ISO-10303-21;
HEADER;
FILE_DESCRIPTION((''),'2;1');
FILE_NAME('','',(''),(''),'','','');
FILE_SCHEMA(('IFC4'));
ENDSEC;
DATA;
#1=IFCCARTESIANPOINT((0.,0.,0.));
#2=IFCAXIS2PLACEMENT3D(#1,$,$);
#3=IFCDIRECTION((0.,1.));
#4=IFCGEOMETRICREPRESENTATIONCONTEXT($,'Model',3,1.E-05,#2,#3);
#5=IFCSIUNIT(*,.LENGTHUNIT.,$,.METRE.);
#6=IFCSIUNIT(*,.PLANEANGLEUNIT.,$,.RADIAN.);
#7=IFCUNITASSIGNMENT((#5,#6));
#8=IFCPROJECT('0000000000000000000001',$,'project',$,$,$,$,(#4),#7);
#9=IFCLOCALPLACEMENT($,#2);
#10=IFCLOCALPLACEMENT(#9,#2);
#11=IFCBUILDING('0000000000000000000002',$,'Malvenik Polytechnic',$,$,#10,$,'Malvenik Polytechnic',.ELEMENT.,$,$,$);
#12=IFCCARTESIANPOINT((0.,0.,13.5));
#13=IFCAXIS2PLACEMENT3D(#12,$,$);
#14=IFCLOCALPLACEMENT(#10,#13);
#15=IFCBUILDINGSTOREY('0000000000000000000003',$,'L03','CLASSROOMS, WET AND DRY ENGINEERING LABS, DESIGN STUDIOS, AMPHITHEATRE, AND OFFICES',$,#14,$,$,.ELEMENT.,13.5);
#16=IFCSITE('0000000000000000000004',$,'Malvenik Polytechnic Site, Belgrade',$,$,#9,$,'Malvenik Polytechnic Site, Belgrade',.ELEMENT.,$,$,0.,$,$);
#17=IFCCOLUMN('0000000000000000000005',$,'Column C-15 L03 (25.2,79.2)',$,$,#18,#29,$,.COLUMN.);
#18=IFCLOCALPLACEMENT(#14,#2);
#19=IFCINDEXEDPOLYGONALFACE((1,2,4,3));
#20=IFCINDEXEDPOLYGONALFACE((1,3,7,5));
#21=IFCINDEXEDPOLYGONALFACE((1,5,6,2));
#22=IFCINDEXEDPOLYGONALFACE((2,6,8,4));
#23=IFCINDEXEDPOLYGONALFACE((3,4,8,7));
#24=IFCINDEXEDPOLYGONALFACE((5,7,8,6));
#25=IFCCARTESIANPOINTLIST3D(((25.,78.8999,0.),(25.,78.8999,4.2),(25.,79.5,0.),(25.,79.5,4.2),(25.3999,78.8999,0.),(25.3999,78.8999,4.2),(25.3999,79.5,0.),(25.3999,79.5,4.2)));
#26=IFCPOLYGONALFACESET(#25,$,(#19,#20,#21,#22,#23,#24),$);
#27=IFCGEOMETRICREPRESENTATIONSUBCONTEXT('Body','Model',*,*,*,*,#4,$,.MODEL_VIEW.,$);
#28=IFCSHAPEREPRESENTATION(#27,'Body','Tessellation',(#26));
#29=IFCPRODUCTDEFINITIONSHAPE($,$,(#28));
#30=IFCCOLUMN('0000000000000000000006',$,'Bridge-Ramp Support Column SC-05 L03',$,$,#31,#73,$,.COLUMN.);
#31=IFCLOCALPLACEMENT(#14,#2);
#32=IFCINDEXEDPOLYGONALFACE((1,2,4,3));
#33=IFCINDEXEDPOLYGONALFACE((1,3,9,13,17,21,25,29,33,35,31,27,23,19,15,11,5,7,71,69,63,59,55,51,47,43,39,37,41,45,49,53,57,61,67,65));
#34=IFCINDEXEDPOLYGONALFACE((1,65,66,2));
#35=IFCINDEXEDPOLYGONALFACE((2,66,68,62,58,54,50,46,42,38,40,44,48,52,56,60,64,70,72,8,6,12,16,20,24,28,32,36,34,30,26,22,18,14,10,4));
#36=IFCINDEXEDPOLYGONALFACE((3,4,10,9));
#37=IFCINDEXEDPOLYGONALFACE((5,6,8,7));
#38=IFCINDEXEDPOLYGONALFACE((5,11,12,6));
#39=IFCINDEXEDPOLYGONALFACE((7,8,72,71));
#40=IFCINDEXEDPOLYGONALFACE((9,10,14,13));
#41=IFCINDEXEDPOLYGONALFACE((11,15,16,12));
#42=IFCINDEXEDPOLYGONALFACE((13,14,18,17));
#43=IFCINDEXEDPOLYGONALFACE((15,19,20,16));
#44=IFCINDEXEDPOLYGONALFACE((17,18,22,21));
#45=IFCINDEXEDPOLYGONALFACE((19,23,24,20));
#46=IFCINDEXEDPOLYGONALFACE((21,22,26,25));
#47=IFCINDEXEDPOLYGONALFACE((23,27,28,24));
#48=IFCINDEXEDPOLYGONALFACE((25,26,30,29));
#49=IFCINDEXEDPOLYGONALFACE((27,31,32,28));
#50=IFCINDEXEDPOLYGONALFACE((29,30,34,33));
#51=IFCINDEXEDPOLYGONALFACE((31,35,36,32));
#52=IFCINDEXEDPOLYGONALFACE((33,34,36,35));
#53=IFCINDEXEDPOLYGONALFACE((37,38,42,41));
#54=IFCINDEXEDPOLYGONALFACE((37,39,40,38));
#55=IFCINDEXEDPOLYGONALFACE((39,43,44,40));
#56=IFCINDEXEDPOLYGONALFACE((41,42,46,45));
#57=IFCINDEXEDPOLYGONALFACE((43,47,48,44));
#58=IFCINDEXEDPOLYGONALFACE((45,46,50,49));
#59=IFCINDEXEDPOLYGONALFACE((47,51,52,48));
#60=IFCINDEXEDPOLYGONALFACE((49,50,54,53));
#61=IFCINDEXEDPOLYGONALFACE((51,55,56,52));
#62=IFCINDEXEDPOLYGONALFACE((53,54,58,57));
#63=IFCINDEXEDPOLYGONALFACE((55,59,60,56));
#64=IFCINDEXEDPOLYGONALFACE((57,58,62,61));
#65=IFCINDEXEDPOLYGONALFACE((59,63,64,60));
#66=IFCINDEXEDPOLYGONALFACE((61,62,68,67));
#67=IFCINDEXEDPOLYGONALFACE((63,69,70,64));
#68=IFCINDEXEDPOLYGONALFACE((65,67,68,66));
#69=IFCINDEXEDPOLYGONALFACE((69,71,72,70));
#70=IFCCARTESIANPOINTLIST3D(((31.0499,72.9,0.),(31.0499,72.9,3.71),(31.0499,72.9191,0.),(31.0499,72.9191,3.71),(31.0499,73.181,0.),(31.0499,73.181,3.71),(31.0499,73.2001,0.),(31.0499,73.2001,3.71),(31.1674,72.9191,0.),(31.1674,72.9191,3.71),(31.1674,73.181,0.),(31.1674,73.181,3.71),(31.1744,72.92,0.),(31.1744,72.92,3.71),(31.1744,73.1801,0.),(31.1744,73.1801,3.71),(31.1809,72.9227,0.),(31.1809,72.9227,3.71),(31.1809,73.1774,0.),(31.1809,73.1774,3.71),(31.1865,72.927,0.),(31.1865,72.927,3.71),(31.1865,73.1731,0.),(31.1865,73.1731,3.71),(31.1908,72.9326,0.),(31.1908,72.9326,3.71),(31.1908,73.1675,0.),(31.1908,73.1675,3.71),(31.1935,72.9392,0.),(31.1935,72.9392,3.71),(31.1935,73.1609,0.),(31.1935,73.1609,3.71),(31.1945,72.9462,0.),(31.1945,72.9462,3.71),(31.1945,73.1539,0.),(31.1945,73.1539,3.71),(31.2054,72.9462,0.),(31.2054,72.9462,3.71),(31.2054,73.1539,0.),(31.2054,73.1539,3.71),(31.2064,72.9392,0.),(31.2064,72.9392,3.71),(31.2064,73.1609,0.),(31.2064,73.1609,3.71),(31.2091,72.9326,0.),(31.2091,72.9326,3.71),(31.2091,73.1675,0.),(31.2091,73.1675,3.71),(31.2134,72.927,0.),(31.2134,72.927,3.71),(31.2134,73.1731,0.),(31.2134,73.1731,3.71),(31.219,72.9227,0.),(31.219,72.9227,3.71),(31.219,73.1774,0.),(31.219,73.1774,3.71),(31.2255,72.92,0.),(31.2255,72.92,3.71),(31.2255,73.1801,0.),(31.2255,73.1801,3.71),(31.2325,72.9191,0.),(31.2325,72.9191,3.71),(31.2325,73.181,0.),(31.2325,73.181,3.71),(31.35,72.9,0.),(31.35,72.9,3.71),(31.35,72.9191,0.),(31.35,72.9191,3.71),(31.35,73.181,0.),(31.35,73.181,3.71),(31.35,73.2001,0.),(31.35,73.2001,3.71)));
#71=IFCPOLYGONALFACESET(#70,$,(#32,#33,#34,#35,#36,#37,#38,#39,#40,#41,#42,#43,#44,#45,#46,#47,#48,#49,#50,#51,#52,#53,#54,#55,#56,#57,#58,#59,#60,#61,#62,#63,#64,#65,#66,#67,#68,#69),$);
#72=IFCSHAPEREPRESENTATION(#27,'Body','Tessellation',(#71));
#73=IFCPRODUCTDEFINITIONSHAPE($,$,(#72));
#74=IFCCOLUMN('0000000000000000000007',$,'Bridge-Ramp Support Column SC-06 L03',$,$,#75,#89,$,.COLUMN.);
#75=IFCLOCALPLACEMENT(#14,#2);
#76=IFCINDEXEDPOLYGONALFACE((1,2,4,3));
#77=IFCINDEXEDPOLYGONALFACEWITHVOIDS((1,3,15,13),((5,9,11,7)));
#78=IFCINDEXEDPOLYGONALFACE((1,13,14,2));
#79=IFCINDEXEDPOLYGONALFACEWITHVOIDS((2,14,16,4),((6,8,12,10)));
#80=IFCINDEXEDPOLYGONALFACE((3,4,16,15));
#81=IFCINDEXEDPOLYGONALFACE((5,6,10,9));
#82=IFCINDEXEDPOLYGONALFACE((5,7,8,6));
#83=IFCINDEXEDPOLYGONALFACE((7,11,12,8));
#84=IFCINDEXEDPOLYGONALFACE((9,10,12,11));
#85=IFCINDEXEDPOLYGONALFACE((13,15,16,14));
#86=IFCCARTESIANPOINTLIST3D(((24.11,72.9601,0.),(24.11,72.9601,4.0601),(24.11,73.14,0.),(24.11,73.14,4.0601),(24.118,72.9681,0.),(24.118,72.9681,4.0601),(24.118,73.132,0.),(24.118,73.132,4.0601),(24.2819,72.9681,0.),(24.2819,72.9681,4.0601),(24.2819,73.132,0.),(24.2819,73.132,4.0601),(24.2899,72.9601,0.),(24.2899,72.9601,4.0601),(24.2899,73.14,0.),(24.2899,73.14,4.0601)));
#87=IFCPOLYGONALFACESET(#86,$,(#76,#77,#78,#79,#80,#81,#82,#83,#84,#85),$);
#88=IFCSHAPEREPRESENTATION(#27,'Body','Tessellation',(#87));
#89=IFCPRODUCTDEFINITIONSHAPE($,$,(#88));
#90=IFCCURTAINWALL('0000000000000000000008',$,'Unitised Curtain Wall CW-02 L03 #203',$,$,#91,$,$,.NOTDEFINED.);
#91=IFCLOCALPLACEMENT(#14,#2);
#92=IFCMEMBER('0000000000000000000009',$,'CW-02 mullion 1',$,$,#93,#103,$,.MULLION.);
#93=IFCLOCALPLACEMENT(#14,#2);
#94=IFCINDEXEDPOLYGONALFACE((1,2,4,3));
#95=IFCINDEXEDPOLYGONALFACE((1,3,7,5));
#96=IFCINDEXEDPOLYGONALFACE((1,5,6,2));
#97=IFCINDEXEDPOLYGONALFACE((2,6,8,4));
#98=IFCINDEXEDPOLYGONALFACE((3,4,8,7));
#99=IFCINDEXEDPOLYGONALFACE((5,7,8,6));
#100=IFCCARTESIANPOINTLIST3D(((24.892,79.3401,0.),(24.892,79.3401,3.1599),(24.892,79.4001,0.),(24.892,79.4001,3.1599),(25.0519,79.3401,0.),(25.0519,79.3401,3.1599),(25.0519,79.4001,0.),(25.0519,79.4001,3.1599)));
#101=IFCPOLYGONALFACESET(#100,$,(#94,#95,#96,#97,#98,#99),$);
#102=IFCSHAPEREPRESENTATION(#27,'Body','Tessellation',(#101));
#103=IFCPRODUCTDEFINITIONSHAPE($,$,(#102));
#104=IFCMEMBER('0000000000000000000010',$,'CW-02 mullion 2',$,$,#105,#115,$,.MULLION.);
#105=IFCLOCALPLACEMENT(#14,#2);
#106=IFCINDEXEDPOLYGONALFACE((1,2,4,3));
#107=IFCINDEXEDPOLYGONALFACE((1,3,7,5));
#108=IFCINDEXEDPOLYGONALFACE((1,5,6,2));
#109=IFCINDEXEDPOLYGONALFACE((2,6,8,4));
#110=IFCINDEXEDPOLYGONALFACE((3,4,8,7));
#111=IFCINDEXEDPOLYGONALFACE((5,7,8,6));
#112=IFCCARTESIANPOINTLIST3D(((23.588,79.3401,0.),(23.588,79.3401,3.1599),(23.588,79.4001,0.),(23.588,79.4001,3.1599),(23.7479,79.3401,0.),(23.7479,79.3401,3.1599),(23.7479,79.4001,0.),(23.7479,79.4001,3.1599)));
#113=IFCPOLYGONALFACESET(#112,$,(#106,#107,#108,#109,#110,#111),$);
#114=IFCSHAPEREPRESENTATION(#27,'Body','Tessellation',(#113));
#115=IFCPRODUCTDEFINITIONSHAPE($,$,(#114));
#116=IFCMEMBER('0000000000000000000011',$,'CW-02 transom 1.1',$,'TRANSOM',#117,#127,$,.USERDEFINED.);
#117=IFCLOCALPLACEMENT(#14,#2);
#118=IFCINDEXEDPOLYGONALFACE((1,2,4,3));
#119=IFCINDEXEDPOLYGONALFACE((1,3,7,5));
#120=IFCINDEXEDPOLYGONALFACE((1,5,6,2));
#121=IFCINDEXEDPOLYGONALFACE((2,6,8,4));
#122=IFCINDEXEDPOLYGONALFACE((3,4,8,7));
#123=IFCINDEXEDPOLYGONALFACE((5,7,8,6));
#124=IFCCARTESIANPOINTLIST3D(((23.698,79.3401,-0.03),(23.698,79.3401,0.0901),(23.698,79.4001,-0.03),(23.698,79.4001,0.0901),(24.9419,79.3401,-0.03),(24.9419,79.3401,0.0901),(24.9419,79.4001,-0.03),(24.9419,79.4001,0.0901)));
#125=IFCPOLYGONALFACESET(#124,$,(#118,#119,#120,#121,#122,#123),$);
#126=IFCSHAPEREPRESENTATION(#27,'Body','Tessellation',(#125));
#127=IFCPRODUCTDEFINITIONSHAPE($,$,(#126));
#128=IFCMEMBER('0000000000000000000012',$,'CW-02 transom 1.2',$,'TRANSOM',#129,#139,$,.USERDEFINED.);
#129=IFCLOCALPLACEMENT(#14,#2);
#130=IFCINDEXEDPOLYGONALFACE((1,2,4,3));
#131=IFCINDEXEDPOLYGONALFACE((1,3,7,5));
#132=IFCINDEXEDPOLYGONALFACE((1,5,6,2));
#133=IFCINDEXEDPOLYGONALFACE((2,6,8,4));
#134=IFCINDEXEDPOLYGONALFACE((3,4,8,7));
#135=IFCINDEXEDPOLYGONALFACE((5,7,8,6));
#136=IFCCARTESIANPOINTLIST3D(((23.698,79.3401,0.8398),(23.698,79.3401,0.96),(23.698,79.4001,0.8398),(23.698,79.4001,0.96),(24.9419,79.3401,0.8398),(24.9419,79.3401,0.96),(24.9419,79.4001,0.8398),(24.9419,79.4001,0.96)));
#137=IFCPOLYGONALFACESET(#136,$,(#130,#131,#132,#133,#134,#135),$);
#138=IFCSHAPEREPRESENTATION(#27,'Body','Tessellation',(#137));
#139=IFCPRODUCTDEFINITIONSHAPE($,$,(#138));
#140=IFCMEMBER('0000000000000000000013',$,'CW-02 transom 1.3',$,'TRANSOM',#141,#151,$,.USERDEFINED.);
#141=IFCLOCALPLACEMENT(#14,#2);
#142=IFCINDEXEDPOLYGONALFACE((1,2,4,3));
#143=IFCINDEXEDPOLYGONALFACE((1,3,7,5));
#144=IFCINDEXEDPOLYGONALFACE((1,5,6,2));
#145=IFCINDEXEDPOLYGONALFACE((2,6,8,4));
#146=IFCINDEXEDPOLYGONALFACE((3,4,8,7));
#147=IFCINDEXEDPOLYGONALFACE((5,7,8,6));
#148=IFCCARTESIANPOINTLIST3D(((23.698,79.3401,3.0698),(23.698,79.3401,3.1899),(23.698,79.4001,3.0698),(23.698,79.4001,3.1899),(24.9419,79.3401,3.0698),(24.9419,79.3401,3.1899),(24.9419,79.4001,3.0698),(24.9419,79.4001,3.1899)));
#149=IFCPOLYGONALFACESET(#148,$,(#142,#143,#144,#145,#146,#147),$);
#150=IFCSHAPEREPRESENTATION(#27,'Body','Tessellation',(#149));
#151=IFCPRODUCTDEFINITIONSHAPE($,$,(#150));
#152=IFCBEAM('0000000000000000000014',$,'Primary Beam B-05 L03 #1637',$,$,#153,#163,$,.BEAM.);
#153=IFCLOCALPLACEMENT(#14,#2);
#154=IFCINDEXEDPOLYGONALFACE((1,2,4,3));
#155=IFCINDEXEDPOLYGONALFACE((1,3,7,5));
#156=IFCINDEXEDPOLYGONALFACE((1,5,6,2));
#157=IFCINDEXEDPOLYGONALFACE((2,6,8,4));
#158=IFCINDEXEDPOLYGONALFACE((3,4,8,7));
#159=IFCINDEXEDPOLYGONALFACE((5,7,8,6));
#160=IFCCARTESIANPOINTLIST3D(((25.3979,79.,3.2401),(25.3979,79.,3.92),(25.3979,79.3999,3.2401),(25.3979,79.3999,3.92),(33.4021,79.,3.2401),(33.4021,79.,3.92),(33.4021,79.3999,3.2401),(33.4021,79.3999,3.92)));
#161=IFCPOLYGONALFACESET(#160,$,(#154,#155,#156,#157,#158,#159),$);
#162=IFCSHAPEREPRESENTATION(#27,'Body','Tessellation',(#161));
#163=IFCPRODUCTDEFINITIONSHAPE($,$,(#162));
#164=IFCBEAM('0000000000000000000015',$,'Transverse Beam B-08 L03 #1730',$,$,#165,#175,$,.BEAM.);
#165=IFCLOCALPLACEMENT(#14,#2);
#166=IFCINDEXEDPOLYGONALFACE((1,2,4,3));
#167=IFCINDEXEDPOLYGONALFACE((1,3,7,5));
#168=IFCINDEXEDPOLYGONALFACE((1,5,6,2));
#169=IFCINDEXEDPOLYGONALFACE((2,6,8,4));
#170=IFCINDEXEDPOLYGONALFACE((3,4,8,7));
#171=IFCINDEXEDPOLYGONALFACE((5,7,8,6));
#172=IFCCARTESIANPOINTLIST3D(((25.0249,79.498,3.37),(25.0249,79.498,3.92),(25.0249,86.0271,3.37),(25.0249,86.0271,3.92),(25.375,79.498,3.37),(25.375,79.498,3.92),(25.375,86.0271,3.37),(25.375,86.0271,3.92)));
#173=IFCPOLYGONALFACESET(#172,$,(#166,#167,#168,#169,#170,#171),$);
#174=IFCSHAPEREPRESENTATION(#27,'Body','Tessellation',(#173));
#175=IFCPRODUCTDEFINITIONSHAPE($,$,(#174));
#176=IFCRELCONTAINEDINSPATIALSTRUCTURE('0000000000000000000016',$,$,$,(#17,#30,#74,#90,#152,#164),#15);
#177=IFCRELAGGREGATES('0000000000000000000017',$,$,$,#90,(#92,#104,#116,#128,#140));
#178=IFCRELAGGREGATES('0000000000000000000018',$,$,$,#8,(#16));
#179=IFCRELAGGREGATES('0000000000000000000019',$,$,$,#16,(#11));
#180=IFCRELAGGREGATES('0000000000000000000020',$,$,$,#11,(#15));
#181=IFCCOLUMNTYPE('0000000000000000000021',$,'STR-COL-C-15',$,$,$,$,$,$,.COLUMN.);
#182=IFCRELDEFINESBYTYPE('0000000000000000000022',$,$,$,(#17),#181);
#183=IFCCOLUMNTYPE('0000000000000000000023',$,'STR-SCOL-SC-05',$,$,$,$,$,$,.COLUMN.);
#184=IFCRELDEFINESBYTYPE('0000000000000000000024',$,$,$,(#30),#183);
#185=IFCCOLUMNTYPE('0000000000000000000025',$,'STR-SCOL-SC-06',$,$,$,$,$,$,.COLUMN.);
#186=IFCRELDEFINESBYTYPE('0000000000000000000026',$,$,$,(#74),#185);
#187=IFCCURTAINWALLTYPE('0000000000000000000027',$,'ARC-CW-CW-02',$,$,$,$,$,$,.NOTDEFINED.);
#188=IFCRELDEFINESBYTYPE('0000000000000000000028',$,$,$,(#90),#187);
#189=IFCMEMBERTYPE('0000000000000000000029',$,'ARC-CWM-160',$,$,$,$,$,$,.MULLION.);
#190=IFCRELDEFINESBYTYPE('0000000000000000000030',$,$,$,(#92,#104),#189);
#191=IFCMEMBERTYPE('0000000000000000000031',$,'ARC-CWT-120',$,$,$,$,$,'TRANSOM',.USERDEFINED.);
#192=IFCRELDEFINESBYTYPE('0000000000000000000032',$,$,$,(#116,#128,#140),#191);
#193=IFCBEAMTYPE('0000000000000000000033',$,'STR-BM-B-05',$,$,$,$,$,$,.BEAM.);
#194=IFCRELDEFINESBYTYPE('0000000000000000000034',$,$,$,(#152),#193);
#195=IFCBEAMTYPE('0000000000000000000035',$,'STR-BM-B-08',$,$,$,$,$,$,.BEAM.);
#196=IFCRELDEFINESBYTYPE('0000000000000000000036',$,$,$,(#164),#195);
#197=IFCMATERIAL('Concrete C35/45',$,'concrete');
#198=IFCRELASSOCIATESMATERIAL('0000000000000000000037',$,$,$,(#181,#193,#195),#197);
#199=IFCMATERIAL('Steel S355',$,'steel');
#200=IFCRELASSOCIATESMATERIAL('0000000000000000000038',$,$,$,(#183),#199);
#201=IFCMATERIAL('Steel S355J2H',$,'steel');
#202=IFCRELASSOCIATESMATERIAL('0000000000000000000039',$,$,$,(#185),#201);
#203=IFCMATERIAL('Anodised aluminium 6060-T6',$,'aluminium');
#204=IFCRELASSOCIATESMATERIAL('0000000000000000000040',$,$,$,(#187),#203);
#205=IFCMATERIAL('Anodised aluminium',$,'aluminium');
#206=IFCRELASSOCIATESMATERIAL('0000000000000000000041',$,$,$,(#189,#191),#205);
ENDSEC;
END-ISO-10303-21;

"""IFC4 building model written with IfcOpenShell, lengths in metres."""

from ifc_helpers import new_model, si_unit, direction, frame, origin, origin_2d, place, context, subcontext, project, spatial, rectangle, hollow_rectangle, i_section, extrude, material, material_profile, profile_set, type_object, element, aggregate, save


model = new_model("IFC4")

# Units and contexts
model_context = context("Model", 3, precision=1e-05, world=origin(), true_north=direction((0.0, 1.0)))
body_context = subcontext(model_context, "Body", "Model", "MODEL_VIEW")
ifc_project = project(units=[si_unit("LENGTHUNIT", "METRE"), si_unit("PLANEANGLEUNIT", "RADIAN")], contexts=[model_context])

# Site, building, storey
site_placement = place(None, origin())
site = spatial("IfcSite", under=ifc_project, at=site_placement, Name="Malvenik Polytechnic Site, Belgrade", LongName="Malvenik Polytechnic Site, Belgrade", CompositionType="ELEMENT", RefElevation=0.0)
building_placement = place(site_placement, origin())
building = spatial("IfcBuilding", under=site, at=building_placement, Name="Malvenik Polytechnic", LongName="Malvenik Polytechnic", CompositionType="ELEMENT")
storey_placement = place(building_placement, frame((0.0, 0.0, 13.5)))
storey = spatial("IfcBuildingStorey", under=building, at=storey_placement, Name="L03", Description="CLASSROOMS, WET AND DRY ENGINEERING LABS, DESIGN STUDIOS, AMPHITHEATRE, AND OFFICES", CompositionType="ELEMENT", Elevation=13.5)

# Columns
ifc_material_1 = material(Name="Concrete C35/45", Category="concrete")
ifc_material_profile_1 = material_profile(ifc_material_1, rectangle(XDim=0.3999, YDim=0.6001, at=origin_2d()), Name="RC COL 600x400")
ifc_profile_set_1 = profile_set([ifc_material_profile_1], Name="Concrete C35/45")
column_type_1 = type_object("IfcColumnType", Name="STR-COL-C-15", PredefinedType="COLUMN", material=ifc_profile_set_1)
column_1_placement = place(storey_placement, frame((25.2, 79.2, 0.0), z_axis=(0.0, 0.0, 1.0), x_axis=(1.0, 0.0, 0.0)))
element("IfcColumn", 1, at=column_1_placement, inside=storey, type_object=column_type_1, Name="Column C-15 L03 (25.2,79.2)", PredefinedType="COLUMN", context=body_context, shape_type="SweptSolid", body=[
    extrude(rectangle(XDim=0.3999, YDim=0.6001, at=origin_2d()), origin(), (0.0, 0.0, 1.0), 4.2),
])
ifc_material_2 = material(Name="Steel S355", Category="steel")
ifc_material_profile_2 = material_profile(ifc_material_2, i_section(OverallWidth=0.3, OverallDepth=0.3, WebThickness=0.011, FlangeThickness=0.019, FilletRadius=0.0271, at=origin_2d()), Name="HEB 300")
ifc_profile_set_2 = profile_set([ifc_material_profile_2], Name="Steel S355")
column_type_2 = type_object("IfcColumnType", Name="STR-SCOL-SC-05", PredefinedType="COLUMN", material=ifc_profile_set_2)
column_2_placement = place(storey_placement, frame((31.2, 73.05, 0.0), z_axis=(0.0, 0.0, 1.0), x_axis=(1.0, 0.0, 0.0)))
element("IfcColumn", 2, at=column_2_placement, inside=storey, type_object=column_type_2, Name="Bridge-Ramp Support Column SC-05 L03", PredefinedType="COLUMN", context=body_context, shape_type="SweptSolid", body=[
    extrude(i_section(OverallWidth=0.3, OverallDepth=0.3, WebThickness=0.011, FlangeThickness=0.019, FilletRadius=0.0271, at=origin_2d()), origin(), (0.0, 0.0, 1.0), 3.71),
])
ifc_material_3 = material(Name="Steel S355J2H", Category="steel")
ifc_material_profile_3 = material_profile(ifc_material_3, hollow_rectangle(XDim=0.1799, YDim=0.1799, WallThickness=0.0081, at=origin_2d()), Name="SHS 180x180x8.0")
ifc_profile_set_3 = profile_set([ifc_material_profile_3], Name="Steel S355J2H")
column_type_3 = type_object("IfcColumnType", Name="STR-SCOL-SC-06", PredefinedType="COLUMN", material=ifc_profile_set_3)
column_3_placement = place(storey_placement, frame((24.2, 73.05, 0.0), z_axis=(0.0, 0.0, 1.0), x_axis=(1.0, 0.0, 0.0)))
element("IfcColumn", 3, at=column_3_placement, inside=storey, type_object=column_type_3, Name="Bridge-Ramp Support Column SC-06 L03", PredefinedType="COLUMN", context=body_context, shape_type="SweptSolid", body=[
    extrude(hollow_rectangle(XDim=0.1799, YDim=0.1799, WallThickness=0.0081, at=origin_2d()), origin(), (0.0, 0.0, 1.0), 4.0601),
])

# Curtain wall, members
ifc_material_4 = material(Name="Anodised aluminium 6060-T6", Category="aluminium")
curtain_wall_type = type_object("IfcCurtainWallType", Name="ARC-CW-CW-02", PredefinedType="NOTDEFINED", material=ifc_material_4)
curtain_wall_placement = place(storey_placement, origin())
curtain_wall = element("IfcCurtainWall", 4, at=curtain_wall_placement, inside=storey, type_object=curtain_wall_type, Name="Unitised Curtain Wall CW-02 L03 #203", PredefinedType="NOTDEFINED")
ifc_material_5 = material(Name="Anodised aluminium", Category="aluminium")
ifc_material_profile_4 = material_profile(ifc_material_5, rectangle(XDim=0.0601, YDim=0.1599, at=origin_2d()), Name="ALU MULLION 60x160")
ifc_profile_set_4 = profile_set([ifc_material_profile_4], Name="Anodised aluminium")
member_type_1 = type_object("IfcMemberType", Name="ARC-CWM-160", PredefinedType="MULLION", material=ifc_profile_set_4)
member_1_placement = place(storey_placement, frame((24.9719, 79.3701, 0.0), z_axis=(0.0, 0.0, 1.0), x_axis=(0.0, -1.0, 0.0)))
member_1 = element("IfcMember", 5, at=member_1_placement, type_object=member_type_1, Name="CW-02 mullion 1", PredefinedType="MULLION", context=body_context, shape_type="SweptSolid", body=[
    extrude(rectangle(XDim=0.0601, YDim=0.1599, at=origin_2d()), origin(), (0.0, 0.0, 1.0), 3.1599),
])
member_2_placement = place(storey_placement, frame((23.668, 79.3701, 0.0), z_axis=(0.0, 0.0, 1.0), x_axis=(0.0, -1.0, 0.0)))
member_2 = element("IfcMember", 6, at=member_2_placement, type_object=member_type_1, Name="CW-02 mullion 2", PredefinedType="MULLION", context=body_context, shape_type="SweptSolid", body=[
    extrude(rectangle(XDim=0.0601, YDim=0.1599, at=origin_2d()), origin(), (0.0, 0.0, 1.0), 3.1599),
])
ifc_material_profile_5 = material_profile(ifc_material_5, rectangle(XDim=0.0601, YDim=0.1201, at=origin_2d()), Name="ALU TRANSOM 60x120")
ifc_profile_set_5 = profile_set([ifc_material_profile_5], Name="Anodised aluminium")
member_type_2 = type_object("IfcMemberType", Name="ARC-CWT-120", ElementType="TRANSOM", PredefinedType="USERDEFINED", material=ifc_profile_set_5)
member_3_placement = place(storey_placement, frame((24.9419, 79.3701, 0.03), z_axis=(-1.0, 0.0, 0.0), x_axis=(0.0, -1.0, 0.0)))
member_3 = element("IfcMember", 7, at=member_3_placement, type_object=member_type_2, Name="CW-02 transom 1.1", ObjectType="TRANSOM", PredefinedType="USERDEFINED", context=body_context, shape_type="SweptSolid", body=[
    extrude(rectangle(XDim=0.0601, YDim=0.1201, at=origin_2d()), origin(), (0.0, 0.0, 1.0), 1.2439),
])
member_4_placement = place(storey_placement, frame((24.9419, 79.3701, 0.8999), z_axis=(-1.0, 0.0, 0.0), x_axis=(0.0, -1.0, 0.0)))
member_4 = element("IfcMember", 8, at=member_4_placement, type_object=member_type_2, Name="CW-02 transom 1.2", ObjectType="TRANSOM", PredefinedType="USERDEFINED", context=body_context, shape_type="SweptSolid", body=[
    extrude(rectangle(XDim=0.0601, YDim=0.1201, at=origin_2d()), origin(), (0.0, 0.0, 1.0), 1.2439),
])
member_5_placement = place(storey_placement, frame((24.9419, 79.3701, 3.1299), z_axis=(-1.0, 0.0, 0.0), x_axis=(0.0, -1.0, 0.0)))
member_5 = element("IfcMember", 9, at=member_5_placement, type_object=member_type_2, Name="CW-02 transom 1.3", ObjectType="TRANSOM", PredefinedType="USERDEFINED", context=body_context, shape_type="SweptSolid", body=[
    extrude(rectangle(XDim=0.0601, YDim=0.1201, at=origin_2d()), origin(), (0.0, 0.0, 1.0), 1.2439),
])

# Beams
ifc_material_profile_6 = material_profile(ifc_material_1, rectangle(XDim=0.3999, YDim=0.6799, at=origin_2d()), Name="RC BM 400x680")
ifc_profile_set_6 = profile_set([ifc_material_profile_6], Name="Concrete C35/45")
beam_type_1 = type_object("IfcBeamType", Name="STR-BM-B-05", PredefinedType="BEAM", material=ifc_profile_set_6)
beam_1_placement = place(storey_placement, frame((25.3979, 79.2, 3.5801), z_axis=(1.0, 0.0, 0.0), x_axis=(0.0, 1.0, 0.0)))
element("IfcBeam", 10, at=beam_1_placement, inside=storey, type_object=beam_type_1, Name="Primary Beam B-05 L03 #1637", PredefinedType="BEAM", context=body_context, shape_type="SweptSolid", body=[
    extrude(rectangle(XDim=0.3999, YDim=0.6799, at=origin_2d()), origin(), (0.0, 0.0, 1.0), 8.0042),
])
ifc_material_profile_7 = material_profile(ifc_material_1, rectangle(XDim=0.3501, YDim=0.55, at=origin_2d()), Name="RC BM 350x550")
ifc_profile_set_7 = profile_set([ifc_material_profile_7], Name="Concrete C35/45")
beam_type_2 = type_object("IfcBeamType", Name="STR-BM-B-08", PredefinedType="BEAM", material=ifc_profile_set_7)
beam_2_placement = place(storey_placement, frame((25.2, 79.498, 3.645), z_axis=(0.0, 1.0, 0.0), x_axis=(-1.0, 0.0, 0.0)))
element("IfcBeam", 11, at=beam_2_placement, inside=storey, type_object=beam_type_2, Name="Transverse Beam B-08 L03 #1730", PredefinedType="BEAM", context=body_context, shape_type="SweptSolid", body=[
    extrude(rectangle(XDim=0.3501, YDim=0.55, at=origin_2d()), origin(), (0.0, 0.0, 1.0), 6.5291),
])

aggregate(curtain_wall, [member_1, member_2, member_3, member_4, member_5])

save(model, "model.ifc")
